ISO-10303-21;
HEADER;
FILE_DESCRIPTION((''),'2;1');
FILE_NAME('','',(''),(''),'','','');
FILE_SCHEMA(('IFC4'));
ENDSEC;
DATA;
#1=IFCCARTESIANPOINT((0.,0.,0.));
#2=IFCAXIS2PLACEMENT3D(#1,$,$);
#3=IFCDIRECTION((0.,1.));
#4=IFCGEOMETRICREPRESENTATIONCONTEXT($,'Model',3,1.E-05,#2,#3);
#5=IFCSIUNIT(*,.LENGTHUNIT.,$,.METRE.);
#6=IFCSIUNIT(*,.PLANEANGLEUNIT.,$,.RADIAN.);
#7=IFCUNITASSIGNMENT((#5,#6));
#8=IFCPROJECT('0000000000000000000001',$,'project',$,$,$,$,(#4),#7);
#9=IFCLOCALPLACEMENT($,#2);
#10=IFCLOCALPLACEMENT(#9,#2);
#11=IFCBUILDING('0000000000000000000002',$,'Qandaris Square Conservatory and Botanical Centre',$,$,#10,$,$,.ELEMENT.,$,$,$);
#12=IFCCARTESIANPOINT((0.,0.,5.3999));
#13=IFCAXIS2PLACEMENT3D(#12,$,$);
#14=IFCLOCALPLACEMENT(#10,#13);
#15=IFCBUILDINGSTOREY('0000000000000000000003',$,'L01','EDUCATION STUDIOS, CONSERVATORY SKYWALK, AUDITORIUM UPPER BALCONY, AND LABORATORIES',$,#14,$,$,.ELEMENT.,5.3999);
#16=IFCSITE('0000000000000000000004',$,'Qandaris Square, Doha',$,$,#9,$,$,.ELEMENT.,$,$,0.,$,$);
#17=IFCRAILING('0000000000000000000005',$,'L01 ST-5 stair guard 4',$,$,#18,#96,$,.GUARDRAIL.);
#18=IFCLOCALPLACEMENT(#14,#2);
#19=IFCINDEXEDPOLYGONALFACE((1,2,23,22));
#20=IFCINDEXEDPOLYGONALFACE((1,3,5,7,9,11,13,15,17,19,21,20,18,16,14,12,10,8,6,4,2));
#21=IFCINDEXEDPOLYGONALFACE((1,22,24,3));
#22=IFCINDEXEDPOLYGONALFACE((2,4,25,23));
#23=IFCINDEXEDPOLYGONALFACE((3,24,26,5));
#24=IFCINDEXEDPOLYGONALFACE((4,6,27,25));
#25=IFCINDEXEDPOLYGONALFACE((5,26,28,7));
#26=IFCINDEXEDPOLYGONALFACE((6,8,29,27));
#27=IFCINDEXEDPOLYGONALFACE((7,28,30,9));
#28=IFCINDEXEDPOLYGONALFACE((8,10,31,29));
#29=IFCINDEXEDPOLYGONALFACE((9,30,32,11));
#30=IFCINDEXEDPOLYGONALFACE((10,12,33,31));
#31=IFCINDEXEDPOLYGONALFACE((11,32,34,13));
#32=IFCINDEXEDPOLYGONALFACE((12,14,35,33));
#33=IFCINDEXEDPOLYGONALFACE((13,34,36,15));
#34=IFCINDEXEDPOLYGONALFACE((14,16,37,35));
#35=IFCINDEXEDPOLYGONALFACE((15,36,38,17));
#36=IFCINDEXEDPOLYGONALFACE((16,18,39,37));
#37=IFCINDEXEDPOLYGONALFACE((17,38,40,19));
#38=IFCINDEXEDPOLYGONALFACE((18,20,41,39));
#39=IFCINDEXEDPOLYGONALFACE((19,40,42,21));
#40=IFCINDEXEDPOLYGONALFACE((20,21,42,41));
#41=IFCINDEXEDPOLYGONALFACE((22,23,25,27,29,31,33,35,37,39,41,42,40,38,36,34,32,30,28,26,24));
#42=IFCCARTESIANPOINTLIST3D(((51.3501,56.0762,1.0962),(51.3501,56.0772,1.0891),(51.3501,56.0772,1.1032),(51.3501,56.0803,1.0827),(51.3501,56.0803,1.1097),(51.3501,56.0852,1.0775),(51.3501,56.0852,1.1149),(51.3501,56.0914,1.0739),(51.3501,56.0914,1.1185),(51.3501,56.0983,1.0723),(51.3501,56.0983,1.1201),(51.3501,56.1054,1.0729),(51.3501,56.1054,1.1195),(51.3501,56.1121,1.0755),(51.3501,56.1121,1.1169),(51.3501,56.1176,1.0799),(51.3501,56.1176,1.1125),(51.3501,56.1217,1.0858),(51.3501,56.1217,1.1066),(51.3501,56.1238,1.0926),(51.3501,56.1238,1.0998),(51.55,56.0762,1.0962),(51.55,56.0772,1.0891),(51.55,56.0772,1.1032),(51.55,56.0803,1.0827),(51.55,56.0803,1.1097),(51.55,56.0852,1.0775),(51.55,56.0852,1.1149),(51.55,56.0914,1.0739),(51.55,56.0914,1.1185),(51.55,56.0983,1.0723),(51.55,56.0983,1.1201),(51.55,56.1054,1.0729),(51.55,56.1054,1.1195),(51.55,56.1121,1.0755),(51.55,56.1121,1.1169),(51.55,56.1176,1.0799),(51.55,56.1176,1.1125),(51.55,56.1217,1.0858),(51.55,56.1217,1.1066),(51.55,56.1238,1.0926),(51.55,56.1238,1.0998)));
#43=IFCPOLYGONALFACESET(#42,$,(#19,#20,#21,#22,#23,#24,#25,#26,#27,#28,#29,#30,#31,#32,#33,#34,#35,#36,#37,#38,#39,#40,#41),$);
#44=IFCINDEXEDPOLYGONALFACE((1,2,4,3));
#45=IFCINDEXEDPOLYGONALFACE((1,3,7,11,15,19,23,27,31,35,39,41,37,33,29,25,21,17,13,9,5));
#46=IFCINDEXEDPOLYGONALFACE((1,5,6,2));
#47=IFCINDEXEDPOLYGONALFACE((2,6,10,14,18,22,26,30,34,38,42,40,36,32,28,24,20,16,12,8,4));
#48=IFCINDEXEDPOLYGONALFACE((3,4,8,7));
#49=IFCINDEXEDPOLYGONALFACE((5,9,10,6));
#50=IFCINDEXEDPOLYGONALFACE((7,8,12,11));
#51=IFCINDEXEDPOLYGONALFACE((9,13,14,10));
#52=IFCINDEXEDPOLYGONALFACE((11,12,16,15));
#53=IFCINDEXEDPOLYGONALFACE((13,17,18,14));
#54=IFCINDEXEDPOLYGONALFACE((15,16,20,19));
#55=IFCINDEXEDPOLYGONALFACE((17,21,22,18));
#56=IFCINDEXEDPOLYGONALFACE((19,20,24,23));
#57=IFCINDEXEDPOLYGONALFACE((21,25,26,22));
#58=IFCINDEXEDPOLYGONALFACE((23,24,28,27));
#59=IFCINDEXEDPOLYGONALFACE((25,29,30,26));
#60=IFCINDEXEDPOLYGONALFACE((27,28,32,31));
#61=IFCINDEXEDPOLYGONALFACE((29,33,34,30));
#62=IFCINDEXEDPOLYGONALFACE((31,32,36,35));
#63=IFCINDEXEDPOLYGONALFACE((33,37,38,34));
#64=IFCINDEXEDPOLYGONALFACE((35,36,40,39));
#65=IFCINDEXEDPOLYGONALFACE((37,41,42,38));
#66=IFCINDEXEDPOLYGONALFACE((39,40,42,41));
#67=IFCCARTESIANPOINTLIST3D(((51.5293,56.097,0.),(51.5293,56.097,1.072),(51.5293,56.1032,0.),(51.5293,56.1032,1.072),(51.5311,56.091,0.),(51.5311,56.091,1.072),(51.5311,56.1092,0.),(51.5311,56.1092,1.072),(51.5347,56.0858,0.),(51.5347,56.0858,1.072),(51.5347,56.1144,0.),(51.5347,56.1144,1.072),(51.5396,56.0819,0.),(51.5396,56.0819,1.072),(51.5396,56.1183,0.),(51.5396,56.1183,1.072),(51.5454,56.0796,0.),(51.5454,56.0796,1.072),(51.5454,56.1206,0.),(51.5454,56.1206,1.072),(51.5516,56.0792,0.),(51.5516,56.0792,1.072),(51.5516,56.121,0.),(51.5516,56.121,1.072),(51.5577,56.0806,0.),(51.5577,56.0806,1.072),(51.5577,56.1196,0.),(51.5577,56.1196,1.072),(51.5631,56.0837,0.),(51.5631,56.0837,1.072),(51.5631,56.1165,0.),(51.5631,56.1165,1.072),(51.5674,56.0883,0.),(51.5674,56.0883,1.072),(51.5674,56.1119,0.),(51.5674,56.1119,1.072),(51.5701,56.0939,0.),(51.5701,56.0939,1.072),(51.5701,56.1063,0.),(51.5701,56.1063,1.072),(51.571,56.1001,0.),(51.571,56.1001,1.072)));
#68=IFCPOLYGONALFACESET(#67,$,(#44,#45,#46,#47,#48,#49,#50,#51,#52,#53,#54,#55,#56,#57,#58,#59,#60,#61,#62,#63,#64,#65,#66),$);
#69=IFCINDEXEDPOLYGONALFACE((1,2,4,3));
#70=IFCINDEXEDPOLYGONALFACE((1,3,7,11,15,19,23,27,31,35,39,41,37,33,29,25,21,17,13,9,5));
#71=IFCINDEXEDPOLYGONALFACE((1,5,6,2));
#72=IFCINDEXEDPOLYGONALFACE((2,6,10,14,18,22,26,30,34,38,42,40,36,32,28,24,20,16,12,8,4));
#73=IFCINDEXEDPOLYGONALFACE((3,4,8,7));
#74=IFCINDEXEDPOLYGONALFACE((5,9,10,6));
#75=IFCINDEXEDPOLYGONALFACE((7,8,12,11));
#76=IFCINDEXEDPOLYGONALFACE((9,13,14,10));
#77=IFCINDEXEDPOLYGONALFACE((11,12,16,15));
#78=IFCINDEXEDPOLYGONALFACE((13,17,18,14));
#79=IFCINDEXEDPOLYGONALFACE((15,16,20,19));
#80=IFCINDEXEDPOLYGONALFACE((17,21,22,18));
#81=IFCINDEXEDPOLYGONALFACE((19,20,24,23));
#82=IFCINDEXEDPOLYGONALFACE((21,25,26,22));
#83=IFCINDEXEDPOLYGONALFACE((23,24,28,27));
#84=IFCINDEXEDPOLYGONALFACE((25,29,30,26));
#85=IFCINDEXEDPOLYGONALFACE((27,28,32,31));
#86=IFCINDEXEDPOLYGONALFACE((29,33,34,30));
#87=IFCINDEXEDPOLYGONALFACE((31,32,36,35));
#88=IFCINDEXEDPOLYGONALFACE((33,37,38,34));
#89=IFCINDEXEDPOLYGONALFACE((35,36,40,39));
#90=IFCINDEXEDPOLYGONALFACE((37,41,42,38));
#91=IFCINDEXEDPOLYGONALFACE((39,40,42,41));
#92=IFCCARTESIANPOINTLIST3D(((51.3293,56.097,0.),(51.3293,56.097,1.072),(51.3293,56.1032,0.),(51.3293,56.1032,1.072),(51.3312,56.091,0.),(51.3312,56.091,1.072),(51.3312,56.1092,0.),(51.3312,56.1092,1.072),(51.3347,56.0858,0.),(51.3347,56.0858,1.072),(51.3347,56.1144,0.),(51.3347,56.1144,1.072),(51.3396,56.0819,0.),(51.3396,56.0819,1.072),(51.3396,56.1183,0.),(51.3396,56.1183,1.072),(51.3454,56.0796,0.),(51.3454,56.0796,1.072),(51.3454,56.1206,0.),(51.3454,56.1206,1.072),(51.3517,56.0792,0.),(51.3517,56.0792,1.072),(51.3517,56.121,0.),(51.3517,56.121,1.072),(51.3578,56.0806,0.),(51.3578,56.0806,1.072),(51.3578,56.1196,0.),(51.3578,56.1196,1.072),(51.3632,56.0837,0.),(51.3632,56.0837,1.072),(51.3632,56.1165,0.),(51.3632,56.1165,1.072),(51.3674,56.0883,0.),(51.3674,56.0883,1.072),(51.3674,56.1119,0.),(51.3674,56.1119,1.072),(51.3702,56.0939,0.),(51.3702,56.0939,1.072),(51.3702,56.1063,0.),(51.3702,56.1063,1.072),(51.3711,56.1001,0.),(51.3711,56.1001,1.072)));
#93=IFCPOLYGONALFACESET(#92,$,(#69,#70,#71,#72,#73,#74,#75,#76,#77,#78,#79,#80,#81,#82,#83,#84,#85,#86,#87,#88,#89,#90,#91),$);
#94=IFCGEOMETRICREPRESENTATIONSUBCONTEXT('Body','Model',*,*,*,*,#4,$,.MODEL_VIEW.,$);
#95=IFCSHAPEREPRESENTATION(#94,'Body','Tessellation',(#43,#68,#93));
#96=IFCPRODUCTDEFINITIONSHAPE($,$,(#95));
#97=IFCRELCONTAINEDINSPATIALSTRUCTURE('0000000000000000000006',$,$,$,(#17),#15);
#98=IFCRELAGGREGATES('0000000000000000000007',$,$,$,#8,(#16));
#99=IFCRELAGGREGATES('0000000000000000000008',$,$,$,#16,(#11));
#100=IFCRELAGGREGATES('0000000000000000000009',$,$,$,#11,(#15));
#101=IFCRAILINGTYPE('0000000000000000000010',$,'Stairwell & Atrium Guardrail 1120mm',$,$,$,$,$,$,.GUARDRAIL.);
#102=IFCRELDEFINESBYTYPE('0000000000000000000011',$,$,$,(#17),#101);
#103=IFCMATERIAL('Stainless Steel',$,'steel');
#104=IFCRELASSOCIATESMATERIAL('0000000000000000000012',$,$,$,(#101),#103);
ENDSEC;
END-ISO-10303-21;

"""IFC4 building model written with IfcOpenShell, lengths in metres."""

from ifc_helpers import new_model, si_unit, direction, frame, origin, origin_2d, place, context, subcontext, project, spatial, circle, extrude, material, type_object, element, save


model = new_model("IFC4")

# Units and contexts
model_context = context("Model", 3, precision=1e-05, world=origin(), true_north=direction((0.0, 1.0)))
body_context = subcontext(model_context, "Body", "Model", "MODEL_VIEW")
ifc_project = project(units=[si_unit("LENGTHUNIT", "METRE"), si_unit("PLANEANGLEUNIT", "RADIAN")], contexts=[model_context])

# Site, building, storey
site_placement = place(None, origin())
site = spatial("IfcSite", under=ifc_project, at=site_placement, Name="Qandaris Square, Doha", CompositionType="ELEMENT", RefElevation=0.0)
building_placement = place(site_placement, origin())
building = spatial("IfcBuilding", under=site, at=building_placement, Name="Qandaris Square Conservatory and Botanical Centre", CompositionType="ELEMENT")
storey_placement = place(building_placement, frame((0.0, 0.0, 5.3999)))
storey = spatial("IfcBuildingStorey", under=building, at=storey_placement, Name="L01", Description="EDUCATION STUDIOS, CONSERVATORY SKYWALK, AUDITORIUM UPPER BALCONY, AND LABORATORIES", CompositionType="ELEMENT", Elevation=5.3999)

# Railing
ifc_material_1 = material(Name="Stainless Steel", Category="steel")
railing_type_1 = type_object("IfcRailingType", Name="Stairwell & Atrium Guardrail 1120mm", PredefinedType="GUARDRAIL", material=ifc_material_1)
railing_1_placement = place(storey_placement, frame((51.55, 56.1001, 0.0)))
element("IfcRailing", 1, at=railing_1_placement, inside=storey, type_object=railing_type_1, Name="L01 ST-5 stair guard 4", PredefinedType="GUARDRAIL", context=body_context, shape_type="SweptSolid", body=[
    extrude(circle(Radius=0.0239, at=origin_2d()), frame((0.0, 0.0, 1.0962), z_axis=(-1.0, 0.0, 0.0), x_axis=(0.0, -1.0, 0.0)), (0.0, 0.0, 1.0), 0.2),
    extrude(circle(Radius=0.021, at=origin_2d()), origin(), (0.0, 0.0, 1.0), 1.072),
    extrude(circle(Radius=0.021, at=origin_2d()), frame((-0.2, 0.0, 0.0)), (0.0, 0.0, 1.0), 1.072),
])

save(model, "model.ifc")
